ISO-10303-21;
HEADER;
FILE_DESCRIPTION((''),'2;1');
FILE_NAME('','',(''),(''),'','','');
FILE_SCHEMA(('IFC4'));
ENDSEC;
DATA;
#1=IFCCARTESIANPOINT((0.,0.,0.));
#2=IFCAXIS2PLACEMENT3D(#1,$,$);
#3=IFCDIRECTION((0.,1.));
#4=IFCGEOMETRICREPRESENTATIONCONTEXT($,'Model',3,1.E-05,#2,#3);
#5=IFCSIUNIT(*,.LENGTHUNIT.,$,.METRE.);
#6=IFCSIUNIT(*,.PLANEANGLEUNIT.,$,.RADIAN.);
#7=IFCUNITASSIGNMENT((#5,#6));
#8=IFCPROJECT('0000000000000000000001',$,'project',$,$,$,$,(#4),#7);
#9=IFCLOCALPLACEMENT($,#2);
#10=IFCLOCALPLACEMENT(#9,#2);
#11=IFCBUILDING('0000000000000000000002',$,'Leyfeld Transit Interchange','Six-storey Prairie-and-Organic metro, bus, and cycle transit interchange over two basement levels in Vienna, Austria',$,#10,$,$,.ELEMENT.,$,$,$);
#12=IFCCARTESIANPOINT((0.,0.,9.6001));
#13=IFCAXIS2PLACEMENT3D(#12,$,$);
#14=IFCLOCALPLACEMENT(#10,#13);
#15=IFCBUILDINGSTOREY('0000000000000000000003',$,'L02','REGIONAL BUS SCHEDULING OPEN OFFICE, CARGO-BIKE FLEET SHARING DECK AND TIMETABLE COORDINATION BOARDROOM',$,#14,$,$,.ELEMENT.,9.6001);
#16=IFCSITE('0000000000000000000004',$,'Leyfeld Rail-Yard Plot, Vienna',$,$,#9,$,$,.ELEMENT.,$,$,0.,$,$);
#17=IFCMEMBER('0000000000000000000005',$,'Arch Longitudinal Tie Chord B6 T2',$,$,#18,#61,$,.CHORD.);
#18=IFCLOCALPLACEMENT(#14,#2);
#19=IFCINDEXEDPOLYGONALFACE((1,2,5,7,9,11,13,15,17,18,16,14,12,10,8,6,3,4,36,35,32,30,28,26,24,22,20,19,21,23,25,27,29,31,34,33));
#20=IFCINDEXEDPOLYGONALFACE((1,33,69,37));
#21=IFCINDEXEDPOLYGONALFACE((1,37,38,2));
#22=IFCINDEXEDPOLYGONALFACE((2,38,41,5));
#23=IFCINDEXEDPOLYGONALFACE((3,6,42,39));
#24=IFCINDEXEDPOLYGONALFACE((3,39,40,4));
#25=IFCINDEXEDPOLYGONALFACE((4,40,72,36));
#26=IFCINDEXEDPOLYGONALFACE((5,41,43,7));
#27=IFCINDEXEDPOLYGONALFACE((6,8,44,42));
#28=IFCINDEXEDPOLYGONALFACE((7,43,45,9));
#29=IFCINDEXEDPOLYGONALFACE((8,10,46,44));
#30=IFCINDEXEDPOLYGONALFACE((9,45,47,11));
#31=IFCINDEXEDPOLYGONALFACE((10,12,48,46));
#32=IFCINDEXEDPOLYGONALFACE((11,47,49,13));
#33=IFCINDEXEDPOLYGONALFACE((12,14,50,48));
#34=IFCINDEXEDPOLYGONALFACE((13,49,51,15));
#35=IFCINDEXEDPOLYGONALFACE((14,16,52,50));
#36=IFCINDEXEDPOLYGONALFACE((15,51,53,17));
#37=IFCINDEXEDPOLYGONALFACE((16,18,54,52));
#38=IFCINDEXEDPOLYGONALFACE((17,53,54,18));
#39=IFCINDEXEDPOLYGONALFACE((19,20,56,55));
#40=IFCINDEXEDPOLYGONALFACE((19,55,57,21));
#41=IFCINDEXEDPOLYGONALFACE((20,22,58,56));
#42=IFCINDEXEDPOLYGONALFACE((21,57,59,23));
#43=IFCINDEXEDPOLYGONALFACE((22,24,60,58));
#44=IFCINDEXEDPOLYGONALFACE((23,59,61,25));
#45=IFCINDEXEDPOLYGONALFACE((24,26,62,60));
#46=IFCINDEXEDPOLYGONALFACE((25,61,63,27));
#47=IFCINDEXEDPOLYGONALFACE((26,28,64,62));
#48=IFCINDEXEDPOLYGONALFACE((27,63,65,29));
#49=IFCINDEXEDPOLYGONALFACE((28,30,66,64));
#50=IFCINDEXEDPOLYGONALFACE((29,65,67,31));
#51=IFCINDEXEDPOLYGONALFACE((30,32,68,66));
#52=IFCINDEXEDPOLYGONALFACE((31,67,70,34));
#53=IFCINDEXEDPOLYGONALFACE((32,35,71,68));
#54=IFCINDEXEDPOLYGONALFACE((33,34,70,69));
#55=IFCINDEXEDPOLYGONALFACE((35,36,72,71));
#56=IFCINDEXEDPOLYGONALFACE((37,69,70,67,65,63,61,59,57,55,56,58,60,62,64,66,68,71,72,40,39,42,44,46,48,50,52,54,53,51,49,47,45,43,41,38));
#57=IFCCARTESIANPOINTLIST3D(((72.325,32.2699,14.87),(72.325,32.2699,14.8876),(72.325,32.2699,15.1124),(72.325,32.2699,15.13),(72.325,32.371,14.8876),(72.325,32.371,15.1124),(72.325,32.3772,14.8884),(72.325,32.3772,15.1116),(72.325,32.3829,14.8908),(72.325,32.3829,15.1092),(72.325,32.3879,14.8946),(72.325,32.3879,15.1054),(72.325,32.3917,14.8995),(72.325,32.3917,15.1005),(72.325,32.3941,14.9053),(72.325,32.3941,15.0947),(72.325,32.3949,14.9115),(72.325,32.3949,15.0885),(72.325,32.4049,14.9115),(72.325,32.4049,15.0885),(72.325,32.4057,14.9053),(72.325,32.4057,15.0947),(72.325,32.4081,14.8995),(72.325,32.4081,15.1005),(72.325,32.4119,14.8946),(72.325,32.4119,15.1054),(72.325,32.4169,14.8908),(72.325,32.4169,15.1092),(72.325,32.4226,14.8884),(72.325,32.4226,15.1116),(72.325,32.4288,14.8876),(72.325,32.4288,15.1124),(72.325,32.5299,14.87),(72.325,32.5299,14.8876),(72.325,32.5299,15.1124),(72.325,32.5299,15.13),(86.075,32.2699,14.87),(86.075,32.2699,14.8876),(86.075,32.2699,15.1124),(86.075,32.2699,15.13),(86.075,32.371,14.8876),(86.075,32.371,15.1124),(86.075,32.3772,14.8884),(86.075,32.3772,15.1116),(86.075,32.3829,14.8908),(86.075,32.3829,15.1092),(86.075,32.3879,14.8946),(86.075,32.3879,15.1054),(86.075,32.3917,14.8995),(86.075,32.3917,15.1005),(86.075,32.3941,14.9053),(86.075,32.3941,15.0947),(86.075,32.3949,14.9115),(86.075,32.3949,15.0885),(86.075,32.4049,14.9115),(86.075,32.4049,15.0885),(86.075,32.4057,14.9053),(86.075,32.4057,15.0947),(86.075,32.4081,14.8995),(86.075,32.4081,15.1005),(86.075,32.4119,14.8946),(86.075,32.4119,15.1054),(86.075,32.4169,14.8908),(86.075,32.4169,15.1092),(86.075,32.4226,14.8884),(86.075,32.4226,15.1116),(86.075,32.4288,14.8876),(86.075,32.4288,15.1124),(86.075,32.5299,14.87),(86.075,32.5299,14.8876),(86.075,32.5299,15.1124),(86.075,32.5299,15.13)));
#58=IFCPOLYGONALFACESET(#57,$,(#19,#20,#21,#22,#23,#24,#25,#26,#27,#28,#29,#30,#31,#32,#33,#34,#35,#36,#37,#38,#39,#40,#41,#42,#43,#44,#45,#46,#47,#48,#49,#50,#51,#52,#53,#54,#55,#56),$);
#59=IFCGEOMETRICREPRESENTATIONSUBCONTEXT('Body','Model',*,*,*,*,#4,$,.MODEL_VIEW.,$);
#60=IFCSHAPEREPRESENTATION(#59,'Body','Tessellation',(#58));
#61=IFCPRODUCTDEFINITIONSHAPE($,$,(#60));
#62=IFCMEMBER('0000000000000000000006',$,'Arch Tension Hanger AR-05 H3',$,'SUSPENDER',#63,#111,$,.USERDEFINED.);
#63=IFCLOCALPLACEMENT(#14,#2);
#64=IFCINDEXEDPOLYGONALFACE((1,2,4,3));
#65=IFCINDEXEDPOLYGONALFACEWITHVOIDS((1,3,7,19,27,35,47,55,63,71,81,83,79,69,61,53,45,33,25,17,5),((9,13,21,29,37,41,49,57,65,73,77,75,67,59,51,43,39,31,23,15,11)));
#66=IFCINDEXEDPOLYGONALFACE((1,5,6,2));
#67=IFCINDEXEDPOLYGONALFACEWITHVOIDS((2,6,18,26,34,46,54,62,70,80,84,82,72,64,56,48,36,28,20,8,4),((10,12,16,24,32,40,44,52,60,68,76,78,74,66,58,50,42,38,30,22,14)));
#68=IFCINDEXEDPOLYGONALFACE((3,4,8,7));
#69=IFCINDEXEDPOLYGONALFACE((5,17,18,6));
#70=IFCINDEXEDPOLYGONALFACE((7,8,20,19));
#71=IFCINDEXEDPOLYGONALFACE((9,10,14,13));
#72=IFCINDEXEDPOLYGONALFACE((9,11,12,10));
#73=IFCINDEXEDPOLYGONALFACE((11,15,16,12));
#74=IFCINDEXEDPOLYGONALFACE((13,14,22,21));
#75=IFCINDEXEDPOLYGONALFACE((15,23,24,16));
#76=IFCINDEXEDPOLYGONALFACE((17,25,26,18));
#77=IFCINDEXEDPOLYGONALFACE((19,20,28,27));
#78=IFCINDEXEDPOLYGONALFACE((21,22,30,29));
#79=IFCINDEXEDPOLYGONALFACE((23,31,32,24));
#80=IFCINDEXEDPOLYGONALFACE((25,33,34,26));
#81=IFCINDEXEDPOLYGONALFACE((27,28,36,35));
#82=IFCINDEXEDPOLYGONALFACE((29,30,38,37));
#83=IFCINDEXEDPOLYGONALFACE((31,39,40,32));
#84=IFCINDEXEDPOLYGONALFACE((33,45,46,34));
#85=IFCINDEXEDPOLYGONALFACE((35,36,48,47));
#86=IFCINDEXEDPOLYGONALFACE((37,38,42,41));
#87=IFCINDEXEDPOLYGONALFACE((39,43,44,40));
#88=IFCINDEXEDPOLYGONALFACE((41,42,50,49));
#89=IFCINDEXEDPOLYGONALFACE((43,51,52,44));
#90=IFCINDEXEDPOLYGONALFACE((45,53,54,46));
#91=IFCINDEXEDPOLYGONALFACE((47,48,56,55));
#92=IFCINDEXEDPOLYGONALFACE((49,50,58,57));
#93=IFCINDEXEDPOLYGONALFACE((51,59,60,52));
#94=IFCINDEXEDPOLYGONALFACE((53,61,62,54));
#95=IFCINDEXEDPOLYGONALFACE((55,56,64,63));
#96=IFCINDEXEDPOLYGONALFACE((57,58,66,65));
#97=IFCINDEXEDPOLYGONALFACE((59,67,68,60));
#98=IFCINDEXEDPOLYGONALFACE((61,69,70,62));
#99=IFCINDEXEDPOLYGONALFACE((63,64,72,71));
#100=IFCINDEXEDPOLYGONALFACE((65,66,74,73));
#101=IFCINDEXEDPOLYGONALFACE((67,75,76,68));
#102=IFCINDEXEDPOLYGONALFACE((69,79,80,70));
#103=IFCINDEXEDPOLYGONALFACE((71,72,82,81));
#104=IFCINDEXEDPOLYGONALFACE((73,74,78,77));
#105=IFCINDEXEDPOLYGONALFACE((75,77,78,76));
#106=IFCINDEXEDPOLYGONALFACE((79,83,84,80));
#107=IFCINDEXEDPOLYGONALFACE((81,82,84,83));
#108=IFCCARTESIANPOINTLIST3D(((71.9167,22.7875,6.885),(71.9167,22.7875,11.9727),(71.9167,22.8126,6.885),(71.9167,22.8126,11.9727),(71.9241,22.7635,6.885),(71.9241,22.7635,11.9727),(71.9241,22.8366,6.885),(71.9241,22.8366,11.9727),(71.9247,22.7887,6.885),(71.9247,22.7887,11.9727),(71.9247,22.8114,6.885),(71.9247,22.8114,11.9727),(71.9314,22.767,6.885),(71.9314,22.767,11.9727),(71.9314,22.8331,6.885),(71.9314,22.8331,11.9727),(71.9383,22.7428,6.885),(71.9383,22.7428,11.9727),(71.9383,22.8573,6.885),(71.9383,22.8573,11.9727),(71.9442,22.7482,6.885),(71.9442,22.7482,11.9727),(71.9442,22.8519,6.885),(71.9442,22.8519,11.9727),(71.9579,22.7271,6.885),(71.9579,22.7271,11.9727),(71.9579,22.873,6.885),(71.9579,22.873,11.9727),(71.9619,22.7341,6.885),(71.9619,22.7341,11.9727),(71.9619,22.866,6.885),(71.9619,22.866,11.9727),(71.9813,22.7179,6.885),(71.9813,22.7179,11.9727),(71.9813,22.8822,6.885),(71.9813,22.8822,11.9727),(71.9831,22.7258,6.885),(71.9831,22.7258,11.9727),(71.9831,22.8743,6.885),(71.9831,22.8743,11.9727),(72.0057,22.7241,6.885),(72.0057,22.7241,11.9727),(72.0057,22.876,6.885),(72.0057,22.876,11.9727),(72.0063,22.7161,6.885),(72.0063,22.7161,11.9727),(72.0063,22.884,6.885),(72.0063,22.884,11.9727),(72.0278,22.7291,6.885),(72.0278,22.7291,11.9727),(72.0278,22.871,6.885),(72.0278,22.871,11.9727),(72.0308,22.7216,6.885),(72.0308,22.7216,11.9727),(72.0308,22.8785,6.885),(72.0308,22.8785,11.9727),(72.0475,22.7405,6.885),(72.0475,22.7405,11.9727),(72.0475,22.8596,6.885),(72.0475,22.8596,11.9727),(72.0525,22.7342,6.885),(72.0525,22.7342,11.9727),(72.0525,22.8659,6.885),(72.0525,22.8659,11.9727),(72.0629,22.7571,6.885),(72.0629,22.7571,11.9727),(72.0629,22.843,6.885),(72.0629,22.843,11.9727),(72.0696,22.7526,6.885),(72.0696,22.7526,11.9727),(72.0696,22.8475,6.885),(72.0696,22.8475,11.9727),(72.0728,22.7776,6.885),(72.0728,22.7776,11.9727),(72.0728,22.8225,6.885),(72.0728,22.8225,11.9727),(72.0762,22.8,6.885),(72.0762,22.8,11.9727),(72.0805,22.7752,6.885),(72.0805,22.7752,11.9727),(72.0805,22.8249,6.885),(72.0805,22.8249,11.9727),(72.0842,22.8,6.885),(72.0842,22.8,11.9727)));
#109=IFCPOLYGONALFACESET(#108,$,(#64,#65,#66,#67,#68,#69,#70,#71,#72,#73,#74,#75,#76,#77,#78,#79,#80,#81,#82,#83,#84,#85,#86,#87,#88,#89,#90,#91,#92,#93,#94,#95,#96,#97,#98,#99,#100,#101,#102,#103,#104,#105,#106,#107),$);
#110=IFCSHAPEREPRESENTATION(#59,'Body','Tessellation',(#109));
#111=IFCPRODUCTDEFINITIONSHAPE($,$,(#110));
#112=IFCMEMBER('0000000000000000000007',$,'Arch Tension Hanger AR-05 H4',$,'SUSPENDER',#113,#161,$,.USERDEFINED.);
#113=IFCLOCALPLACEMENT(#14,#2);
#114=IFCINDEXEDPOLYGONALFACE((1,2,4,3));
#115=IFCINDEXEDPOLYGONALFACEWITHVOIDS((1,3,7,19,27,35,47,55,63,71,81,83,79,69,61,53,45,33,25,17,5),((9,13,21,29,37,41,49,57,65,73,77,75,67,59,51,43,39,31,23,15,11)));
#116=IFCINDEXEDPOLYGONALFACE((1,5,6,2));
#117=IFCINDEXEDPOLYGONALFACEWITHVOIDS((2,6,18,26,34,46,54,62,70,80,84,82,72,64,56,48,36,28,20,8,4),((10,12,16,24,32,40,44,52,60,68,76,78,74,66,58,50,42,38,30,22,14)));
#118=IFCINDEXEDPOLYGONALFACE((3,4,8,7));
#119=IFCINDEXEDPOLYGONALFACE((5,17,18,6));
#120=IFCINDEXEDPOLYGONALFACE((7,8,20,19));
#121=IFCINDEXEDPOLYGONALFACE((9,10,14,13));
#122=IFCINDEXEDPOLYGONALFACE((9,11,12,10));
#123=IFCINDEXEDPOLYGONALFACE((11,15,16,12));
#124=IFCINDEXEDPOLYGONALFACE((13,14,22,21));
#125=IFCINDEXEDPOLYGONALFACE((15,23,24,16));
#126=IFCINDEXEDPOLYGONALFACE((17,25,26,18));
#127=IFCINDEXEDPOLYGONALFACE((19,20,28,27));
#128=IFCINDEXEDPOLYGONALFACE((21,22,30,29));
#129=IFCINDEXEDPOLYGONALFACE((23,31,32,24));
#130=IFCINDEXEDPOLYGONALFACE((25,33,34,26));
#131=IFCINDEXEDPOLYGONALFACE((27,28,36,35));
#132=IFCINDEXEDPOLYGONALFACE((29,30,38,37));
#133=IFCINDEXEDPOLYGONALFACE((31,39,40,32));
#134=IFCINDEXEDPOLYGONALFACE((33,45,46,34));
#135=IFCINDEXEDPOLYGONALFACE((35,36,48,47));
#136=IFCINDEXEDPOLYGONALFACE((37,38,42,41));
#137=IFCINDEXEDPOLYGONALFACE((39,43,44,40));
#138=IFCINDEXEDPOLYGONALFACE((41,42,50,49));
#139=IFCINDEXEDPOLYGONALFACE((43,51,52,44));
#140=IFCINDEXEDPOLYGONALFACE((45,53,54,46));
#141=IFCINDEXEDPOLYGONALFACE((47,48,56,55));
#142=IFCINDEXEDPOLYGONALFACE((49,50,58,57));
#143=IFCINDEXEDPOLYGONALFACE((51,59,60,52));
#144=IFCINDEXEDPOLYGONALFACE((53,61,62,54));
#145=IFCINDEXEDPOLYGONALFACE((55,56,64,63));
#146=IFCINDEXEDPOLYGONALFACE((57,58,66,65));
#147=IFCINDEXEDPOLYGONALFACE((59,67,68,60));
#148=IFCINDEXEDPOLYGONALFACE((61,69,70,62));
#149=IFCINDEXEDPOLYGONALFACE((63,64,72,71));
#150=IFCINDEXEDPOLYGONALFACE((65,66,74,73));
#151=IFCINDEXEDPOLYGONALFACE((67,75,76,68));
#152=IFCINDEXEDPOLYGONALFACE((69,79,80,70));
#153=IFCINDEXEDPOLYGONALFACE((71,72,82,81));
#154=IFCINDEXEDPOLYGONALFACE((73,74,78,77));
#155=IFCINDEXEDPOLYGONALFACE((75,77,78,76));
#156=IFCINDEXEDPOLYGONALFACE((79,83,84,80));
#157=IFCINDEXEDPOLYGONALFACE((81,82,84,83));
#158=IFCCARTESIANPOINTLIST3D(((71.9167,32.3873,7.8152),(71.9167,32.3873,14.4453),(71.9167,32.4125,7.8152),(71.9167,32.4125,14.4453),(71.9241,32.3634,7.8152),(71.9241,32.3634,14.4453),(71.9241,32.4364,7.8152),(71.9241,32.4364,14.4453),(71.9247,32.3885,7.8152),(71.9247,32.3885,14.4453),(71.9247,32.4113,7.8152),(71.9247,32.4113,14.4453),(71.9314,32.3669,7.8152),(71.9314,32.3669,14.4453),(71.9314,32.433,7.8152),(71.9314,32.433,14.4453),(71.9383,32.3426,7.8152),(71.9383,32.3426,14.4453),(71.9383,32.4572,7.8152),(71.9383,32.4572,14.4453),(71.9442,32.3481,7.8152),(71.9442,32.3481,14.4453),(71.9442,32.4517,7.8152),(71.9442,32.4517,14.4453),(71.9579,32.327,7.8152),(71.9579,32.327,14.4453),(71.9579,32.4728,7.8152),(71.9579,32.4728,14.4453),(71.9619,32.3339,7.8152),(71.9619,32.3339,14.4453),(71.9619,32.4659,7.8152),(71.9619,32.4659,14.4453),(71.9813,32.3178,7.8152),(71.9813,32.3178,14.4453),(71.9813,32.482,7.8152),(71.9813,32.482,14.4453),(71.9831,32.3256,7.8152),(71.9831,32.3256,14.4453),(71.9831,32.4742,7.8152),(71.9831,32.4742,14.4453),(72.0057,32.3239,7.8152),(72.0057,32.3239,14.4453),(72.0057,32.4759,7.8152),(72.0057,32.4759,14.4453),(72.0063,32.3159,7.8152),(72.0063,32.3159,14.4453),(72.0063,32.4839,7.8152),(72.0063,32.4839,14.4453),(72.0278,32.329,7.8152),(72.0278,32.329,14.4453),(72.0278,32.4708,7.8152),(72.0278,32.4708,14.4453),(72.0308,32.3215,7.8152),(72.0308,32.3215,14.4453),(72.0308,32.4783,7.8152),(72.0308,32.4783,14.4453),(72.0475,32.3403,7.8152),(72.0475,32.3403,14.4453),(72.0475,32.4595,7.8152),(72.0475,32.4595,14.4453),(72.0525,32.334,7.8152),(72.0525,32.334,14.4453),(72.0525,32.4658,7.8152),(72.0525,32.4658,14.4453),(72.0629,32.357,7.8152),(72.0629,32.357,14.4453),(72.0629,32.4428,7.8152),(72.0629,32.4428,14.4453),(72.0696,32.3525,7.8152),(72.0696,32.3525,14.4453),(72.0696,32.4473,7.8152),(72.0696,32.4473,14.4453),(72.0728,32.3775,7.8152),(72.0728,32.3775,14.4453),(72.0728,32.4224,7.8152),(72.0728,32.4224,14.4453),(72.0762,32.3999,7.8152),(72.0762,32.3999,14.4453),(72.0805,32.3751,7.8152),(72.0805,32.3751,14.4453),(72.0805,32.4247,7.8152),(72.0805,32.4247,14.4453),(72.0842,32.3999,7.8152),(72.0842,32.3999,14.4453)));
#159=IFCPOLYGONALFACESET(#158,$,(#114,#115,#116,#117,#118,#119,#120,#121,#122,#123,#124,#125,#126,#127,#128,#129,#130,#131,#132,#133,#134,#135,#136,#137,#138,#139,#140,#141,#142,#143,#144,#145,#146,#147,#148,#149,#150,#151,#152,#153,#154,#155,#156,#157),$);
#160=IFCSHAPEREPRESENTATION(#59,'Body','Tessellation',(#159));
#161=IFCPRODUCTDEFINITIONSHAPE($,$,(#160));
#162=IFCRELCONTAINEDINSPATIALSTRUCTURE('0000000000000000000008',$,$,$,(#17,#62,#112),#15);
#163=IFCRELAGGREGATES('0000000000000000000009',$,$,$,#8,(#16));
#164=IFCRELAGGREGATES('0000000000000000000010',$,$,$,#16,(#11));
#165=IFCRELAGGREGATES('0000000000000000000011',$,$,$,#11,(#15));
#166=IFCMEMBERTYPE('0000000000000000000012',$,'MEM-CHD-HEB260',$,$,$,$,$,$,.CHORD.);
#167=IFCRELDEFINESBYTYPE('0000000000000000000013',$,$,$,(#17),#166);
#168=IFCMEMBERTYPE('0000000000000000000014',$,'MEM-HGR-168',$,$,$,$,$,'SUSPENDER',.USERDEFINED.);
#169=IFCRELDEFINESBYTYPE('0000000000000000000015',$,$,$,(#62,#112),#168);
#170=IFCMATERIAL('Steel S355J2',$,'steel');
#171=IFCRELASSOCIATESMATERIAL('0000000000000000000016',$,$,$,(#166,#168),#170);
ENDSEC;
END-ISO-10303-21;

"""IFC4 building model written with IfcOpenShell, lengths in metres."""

from ifc_helpers import new_model, si_unit, direction, frame, origin, origin_2d, place, context, subcontext, project, spatial, hollow_circle, i_section, extrude, material, material_profile, profile_set, type_object, element, save


model = new_model("IFC4")

# Units and contexts
model_context = context("Model", 3, precision=1e-05, world=origin(), true_north=direction((0.0, 1.0)))
body_context = subcontext(model_context, "Body", "Model", "MODEL_VIEW")
ifc_project = project(units=[si_unit("LENGTHUNIT", "METRE"), si_unit("PLANEANGLEUNIT", "RADIAN")], contexts=[model_context])

# Site, building, storey
site_placement = place(None, origin())
site = spatial("IfcSite", under=ifc_project, at=site_placement, Name="Leyfeld Rail-Yard Plot, Vienna", CompositionType="ELEMENT", RefElevation=0.0)
building_placement = place(site_placement, origin())
building = spatial("IfcBuilding", under=site, at=building_placement, Name="Leyfeld Transit Interchange", Description="Six-storey Prairie-and-Organic metro, bus, and cycle transit interchange over two basement levels in Vienna, Austria", CompositionType="ELEMENT")
storey_placement = place(building_placement, frame((0.0, 0.0, 9.6001)))
storey = spatial("IfcBuildingStorey", under=building, at=storey_placement, Name="L02", Description="REGIONAL BUS SCHEDULING OPEN OFFICE, CARGO-BIKE FLEET SHARING DECK AND TIMETABLE COORDINATION BOARDROOM", CompositionType="ELEMENT", Elevation=9.6001)

# Members
ifc_material_1 = material(Name="Steel S355J2", Category="steel")
ifc_material_profile_1 = material_profile(ifc_material_1, i_section(OverallWidth=0.26, OverallDepth=0.26, WebThickness=0.01, FlangeThickness=0.0176, FilletRadius=0.0239, at=origin_2d()), Name="HEB 260")
ifc_profile_set_1 = profile_set([ifc_material_profile_1], Name="Steel S355J2")
member_type_1 = type_object("IfcMemberType", Name="MEM-CHD-HEB260", PredefinedType="CHORD", material=ifc_profile_set_1)
member_1_placement = place(storey_placement, frame((72.325, 32.3999, 15.0), z_axis=(1.0, 0.0, 0.0), x_axis=(0.0, 1.0, 0.0)))
element("IfcMember", 1, at=member_1_placement, inside=storey, type_object=member_type_1, Name="Arch Longitudinal Tie Chord B6 T2", PredefinedType="CHORD", context=body_context, shape_type="SweptSolid", body=[
    extrude(i_section(OverallWidth=0.26, OverallDepth=0.26, WebThickness=0.01, FlangeThickness=0.0176, FilletRadius=0.0239, at=origin_2d()), origin(), (0.0, 0.0, 1.0), 13.75),
])
ifc_material_profile_2 = material_profile(ifc_material_1, hollow_circle(Radius=0.0842, WallThickness=0.0081, at=origin_2d()), Name="CHS 168.3x8")
ifc_profile_set_2 = profile_set([ifc_material_profile_2], Name="Steel S355J2")
member_type_2 = type_object("IfcMemberType", Name="MEM-HGR-168", ElementType="SUSPENDER", PredefinedType="USERDEFINED", material=ifc_profile_set_2)
member_2_placement = place(storey_placement, frame((72.0, 22.8, 6.885), z_axis=(0.0, 0.0, 1.0), x_axis=(1.0, 0.0, 0.0)))
element("IfcMember", 2, at=member_2_placement, inside=storey, type_object=member_type_2, Name="Arch Tension Hanger AR-05 H3", ObjectType="SUSPENDER", PredefinedType="USERDEFINED", context=body_context, shape_type="SweptSolid", body=[
    extrude(hollow_circle(Radius=0.0842, WallThickness=0.0081, at=origin_2d()), origin(), (0.0, 0.0, 1.0), 5.0876),
])
member_3_placement = place(storey_placement, frame((72.0, 32.3999, 7.8152), z_axis=(0.0, 0.0, 1.0), x_axis=(1.0, 0.0, 0.0)))
element("IfcMember", 3, at=member_3_placement, inside=storey, type_object=member_type_2, Name="Arch Tension Hanger AR-05 H4", ObjectType="SUSPENDER", PredefinedType="USERDEFINED", context=body_context, shape_type="SweptSolid", body=[
    extrude(hollow_circle(Radius=0.0842, WallThickness=0.0081, at=origin_2d()), origin(), (0.0, 0.0, 1.0), 6.6301),
])

save(model, "model.ifc")
